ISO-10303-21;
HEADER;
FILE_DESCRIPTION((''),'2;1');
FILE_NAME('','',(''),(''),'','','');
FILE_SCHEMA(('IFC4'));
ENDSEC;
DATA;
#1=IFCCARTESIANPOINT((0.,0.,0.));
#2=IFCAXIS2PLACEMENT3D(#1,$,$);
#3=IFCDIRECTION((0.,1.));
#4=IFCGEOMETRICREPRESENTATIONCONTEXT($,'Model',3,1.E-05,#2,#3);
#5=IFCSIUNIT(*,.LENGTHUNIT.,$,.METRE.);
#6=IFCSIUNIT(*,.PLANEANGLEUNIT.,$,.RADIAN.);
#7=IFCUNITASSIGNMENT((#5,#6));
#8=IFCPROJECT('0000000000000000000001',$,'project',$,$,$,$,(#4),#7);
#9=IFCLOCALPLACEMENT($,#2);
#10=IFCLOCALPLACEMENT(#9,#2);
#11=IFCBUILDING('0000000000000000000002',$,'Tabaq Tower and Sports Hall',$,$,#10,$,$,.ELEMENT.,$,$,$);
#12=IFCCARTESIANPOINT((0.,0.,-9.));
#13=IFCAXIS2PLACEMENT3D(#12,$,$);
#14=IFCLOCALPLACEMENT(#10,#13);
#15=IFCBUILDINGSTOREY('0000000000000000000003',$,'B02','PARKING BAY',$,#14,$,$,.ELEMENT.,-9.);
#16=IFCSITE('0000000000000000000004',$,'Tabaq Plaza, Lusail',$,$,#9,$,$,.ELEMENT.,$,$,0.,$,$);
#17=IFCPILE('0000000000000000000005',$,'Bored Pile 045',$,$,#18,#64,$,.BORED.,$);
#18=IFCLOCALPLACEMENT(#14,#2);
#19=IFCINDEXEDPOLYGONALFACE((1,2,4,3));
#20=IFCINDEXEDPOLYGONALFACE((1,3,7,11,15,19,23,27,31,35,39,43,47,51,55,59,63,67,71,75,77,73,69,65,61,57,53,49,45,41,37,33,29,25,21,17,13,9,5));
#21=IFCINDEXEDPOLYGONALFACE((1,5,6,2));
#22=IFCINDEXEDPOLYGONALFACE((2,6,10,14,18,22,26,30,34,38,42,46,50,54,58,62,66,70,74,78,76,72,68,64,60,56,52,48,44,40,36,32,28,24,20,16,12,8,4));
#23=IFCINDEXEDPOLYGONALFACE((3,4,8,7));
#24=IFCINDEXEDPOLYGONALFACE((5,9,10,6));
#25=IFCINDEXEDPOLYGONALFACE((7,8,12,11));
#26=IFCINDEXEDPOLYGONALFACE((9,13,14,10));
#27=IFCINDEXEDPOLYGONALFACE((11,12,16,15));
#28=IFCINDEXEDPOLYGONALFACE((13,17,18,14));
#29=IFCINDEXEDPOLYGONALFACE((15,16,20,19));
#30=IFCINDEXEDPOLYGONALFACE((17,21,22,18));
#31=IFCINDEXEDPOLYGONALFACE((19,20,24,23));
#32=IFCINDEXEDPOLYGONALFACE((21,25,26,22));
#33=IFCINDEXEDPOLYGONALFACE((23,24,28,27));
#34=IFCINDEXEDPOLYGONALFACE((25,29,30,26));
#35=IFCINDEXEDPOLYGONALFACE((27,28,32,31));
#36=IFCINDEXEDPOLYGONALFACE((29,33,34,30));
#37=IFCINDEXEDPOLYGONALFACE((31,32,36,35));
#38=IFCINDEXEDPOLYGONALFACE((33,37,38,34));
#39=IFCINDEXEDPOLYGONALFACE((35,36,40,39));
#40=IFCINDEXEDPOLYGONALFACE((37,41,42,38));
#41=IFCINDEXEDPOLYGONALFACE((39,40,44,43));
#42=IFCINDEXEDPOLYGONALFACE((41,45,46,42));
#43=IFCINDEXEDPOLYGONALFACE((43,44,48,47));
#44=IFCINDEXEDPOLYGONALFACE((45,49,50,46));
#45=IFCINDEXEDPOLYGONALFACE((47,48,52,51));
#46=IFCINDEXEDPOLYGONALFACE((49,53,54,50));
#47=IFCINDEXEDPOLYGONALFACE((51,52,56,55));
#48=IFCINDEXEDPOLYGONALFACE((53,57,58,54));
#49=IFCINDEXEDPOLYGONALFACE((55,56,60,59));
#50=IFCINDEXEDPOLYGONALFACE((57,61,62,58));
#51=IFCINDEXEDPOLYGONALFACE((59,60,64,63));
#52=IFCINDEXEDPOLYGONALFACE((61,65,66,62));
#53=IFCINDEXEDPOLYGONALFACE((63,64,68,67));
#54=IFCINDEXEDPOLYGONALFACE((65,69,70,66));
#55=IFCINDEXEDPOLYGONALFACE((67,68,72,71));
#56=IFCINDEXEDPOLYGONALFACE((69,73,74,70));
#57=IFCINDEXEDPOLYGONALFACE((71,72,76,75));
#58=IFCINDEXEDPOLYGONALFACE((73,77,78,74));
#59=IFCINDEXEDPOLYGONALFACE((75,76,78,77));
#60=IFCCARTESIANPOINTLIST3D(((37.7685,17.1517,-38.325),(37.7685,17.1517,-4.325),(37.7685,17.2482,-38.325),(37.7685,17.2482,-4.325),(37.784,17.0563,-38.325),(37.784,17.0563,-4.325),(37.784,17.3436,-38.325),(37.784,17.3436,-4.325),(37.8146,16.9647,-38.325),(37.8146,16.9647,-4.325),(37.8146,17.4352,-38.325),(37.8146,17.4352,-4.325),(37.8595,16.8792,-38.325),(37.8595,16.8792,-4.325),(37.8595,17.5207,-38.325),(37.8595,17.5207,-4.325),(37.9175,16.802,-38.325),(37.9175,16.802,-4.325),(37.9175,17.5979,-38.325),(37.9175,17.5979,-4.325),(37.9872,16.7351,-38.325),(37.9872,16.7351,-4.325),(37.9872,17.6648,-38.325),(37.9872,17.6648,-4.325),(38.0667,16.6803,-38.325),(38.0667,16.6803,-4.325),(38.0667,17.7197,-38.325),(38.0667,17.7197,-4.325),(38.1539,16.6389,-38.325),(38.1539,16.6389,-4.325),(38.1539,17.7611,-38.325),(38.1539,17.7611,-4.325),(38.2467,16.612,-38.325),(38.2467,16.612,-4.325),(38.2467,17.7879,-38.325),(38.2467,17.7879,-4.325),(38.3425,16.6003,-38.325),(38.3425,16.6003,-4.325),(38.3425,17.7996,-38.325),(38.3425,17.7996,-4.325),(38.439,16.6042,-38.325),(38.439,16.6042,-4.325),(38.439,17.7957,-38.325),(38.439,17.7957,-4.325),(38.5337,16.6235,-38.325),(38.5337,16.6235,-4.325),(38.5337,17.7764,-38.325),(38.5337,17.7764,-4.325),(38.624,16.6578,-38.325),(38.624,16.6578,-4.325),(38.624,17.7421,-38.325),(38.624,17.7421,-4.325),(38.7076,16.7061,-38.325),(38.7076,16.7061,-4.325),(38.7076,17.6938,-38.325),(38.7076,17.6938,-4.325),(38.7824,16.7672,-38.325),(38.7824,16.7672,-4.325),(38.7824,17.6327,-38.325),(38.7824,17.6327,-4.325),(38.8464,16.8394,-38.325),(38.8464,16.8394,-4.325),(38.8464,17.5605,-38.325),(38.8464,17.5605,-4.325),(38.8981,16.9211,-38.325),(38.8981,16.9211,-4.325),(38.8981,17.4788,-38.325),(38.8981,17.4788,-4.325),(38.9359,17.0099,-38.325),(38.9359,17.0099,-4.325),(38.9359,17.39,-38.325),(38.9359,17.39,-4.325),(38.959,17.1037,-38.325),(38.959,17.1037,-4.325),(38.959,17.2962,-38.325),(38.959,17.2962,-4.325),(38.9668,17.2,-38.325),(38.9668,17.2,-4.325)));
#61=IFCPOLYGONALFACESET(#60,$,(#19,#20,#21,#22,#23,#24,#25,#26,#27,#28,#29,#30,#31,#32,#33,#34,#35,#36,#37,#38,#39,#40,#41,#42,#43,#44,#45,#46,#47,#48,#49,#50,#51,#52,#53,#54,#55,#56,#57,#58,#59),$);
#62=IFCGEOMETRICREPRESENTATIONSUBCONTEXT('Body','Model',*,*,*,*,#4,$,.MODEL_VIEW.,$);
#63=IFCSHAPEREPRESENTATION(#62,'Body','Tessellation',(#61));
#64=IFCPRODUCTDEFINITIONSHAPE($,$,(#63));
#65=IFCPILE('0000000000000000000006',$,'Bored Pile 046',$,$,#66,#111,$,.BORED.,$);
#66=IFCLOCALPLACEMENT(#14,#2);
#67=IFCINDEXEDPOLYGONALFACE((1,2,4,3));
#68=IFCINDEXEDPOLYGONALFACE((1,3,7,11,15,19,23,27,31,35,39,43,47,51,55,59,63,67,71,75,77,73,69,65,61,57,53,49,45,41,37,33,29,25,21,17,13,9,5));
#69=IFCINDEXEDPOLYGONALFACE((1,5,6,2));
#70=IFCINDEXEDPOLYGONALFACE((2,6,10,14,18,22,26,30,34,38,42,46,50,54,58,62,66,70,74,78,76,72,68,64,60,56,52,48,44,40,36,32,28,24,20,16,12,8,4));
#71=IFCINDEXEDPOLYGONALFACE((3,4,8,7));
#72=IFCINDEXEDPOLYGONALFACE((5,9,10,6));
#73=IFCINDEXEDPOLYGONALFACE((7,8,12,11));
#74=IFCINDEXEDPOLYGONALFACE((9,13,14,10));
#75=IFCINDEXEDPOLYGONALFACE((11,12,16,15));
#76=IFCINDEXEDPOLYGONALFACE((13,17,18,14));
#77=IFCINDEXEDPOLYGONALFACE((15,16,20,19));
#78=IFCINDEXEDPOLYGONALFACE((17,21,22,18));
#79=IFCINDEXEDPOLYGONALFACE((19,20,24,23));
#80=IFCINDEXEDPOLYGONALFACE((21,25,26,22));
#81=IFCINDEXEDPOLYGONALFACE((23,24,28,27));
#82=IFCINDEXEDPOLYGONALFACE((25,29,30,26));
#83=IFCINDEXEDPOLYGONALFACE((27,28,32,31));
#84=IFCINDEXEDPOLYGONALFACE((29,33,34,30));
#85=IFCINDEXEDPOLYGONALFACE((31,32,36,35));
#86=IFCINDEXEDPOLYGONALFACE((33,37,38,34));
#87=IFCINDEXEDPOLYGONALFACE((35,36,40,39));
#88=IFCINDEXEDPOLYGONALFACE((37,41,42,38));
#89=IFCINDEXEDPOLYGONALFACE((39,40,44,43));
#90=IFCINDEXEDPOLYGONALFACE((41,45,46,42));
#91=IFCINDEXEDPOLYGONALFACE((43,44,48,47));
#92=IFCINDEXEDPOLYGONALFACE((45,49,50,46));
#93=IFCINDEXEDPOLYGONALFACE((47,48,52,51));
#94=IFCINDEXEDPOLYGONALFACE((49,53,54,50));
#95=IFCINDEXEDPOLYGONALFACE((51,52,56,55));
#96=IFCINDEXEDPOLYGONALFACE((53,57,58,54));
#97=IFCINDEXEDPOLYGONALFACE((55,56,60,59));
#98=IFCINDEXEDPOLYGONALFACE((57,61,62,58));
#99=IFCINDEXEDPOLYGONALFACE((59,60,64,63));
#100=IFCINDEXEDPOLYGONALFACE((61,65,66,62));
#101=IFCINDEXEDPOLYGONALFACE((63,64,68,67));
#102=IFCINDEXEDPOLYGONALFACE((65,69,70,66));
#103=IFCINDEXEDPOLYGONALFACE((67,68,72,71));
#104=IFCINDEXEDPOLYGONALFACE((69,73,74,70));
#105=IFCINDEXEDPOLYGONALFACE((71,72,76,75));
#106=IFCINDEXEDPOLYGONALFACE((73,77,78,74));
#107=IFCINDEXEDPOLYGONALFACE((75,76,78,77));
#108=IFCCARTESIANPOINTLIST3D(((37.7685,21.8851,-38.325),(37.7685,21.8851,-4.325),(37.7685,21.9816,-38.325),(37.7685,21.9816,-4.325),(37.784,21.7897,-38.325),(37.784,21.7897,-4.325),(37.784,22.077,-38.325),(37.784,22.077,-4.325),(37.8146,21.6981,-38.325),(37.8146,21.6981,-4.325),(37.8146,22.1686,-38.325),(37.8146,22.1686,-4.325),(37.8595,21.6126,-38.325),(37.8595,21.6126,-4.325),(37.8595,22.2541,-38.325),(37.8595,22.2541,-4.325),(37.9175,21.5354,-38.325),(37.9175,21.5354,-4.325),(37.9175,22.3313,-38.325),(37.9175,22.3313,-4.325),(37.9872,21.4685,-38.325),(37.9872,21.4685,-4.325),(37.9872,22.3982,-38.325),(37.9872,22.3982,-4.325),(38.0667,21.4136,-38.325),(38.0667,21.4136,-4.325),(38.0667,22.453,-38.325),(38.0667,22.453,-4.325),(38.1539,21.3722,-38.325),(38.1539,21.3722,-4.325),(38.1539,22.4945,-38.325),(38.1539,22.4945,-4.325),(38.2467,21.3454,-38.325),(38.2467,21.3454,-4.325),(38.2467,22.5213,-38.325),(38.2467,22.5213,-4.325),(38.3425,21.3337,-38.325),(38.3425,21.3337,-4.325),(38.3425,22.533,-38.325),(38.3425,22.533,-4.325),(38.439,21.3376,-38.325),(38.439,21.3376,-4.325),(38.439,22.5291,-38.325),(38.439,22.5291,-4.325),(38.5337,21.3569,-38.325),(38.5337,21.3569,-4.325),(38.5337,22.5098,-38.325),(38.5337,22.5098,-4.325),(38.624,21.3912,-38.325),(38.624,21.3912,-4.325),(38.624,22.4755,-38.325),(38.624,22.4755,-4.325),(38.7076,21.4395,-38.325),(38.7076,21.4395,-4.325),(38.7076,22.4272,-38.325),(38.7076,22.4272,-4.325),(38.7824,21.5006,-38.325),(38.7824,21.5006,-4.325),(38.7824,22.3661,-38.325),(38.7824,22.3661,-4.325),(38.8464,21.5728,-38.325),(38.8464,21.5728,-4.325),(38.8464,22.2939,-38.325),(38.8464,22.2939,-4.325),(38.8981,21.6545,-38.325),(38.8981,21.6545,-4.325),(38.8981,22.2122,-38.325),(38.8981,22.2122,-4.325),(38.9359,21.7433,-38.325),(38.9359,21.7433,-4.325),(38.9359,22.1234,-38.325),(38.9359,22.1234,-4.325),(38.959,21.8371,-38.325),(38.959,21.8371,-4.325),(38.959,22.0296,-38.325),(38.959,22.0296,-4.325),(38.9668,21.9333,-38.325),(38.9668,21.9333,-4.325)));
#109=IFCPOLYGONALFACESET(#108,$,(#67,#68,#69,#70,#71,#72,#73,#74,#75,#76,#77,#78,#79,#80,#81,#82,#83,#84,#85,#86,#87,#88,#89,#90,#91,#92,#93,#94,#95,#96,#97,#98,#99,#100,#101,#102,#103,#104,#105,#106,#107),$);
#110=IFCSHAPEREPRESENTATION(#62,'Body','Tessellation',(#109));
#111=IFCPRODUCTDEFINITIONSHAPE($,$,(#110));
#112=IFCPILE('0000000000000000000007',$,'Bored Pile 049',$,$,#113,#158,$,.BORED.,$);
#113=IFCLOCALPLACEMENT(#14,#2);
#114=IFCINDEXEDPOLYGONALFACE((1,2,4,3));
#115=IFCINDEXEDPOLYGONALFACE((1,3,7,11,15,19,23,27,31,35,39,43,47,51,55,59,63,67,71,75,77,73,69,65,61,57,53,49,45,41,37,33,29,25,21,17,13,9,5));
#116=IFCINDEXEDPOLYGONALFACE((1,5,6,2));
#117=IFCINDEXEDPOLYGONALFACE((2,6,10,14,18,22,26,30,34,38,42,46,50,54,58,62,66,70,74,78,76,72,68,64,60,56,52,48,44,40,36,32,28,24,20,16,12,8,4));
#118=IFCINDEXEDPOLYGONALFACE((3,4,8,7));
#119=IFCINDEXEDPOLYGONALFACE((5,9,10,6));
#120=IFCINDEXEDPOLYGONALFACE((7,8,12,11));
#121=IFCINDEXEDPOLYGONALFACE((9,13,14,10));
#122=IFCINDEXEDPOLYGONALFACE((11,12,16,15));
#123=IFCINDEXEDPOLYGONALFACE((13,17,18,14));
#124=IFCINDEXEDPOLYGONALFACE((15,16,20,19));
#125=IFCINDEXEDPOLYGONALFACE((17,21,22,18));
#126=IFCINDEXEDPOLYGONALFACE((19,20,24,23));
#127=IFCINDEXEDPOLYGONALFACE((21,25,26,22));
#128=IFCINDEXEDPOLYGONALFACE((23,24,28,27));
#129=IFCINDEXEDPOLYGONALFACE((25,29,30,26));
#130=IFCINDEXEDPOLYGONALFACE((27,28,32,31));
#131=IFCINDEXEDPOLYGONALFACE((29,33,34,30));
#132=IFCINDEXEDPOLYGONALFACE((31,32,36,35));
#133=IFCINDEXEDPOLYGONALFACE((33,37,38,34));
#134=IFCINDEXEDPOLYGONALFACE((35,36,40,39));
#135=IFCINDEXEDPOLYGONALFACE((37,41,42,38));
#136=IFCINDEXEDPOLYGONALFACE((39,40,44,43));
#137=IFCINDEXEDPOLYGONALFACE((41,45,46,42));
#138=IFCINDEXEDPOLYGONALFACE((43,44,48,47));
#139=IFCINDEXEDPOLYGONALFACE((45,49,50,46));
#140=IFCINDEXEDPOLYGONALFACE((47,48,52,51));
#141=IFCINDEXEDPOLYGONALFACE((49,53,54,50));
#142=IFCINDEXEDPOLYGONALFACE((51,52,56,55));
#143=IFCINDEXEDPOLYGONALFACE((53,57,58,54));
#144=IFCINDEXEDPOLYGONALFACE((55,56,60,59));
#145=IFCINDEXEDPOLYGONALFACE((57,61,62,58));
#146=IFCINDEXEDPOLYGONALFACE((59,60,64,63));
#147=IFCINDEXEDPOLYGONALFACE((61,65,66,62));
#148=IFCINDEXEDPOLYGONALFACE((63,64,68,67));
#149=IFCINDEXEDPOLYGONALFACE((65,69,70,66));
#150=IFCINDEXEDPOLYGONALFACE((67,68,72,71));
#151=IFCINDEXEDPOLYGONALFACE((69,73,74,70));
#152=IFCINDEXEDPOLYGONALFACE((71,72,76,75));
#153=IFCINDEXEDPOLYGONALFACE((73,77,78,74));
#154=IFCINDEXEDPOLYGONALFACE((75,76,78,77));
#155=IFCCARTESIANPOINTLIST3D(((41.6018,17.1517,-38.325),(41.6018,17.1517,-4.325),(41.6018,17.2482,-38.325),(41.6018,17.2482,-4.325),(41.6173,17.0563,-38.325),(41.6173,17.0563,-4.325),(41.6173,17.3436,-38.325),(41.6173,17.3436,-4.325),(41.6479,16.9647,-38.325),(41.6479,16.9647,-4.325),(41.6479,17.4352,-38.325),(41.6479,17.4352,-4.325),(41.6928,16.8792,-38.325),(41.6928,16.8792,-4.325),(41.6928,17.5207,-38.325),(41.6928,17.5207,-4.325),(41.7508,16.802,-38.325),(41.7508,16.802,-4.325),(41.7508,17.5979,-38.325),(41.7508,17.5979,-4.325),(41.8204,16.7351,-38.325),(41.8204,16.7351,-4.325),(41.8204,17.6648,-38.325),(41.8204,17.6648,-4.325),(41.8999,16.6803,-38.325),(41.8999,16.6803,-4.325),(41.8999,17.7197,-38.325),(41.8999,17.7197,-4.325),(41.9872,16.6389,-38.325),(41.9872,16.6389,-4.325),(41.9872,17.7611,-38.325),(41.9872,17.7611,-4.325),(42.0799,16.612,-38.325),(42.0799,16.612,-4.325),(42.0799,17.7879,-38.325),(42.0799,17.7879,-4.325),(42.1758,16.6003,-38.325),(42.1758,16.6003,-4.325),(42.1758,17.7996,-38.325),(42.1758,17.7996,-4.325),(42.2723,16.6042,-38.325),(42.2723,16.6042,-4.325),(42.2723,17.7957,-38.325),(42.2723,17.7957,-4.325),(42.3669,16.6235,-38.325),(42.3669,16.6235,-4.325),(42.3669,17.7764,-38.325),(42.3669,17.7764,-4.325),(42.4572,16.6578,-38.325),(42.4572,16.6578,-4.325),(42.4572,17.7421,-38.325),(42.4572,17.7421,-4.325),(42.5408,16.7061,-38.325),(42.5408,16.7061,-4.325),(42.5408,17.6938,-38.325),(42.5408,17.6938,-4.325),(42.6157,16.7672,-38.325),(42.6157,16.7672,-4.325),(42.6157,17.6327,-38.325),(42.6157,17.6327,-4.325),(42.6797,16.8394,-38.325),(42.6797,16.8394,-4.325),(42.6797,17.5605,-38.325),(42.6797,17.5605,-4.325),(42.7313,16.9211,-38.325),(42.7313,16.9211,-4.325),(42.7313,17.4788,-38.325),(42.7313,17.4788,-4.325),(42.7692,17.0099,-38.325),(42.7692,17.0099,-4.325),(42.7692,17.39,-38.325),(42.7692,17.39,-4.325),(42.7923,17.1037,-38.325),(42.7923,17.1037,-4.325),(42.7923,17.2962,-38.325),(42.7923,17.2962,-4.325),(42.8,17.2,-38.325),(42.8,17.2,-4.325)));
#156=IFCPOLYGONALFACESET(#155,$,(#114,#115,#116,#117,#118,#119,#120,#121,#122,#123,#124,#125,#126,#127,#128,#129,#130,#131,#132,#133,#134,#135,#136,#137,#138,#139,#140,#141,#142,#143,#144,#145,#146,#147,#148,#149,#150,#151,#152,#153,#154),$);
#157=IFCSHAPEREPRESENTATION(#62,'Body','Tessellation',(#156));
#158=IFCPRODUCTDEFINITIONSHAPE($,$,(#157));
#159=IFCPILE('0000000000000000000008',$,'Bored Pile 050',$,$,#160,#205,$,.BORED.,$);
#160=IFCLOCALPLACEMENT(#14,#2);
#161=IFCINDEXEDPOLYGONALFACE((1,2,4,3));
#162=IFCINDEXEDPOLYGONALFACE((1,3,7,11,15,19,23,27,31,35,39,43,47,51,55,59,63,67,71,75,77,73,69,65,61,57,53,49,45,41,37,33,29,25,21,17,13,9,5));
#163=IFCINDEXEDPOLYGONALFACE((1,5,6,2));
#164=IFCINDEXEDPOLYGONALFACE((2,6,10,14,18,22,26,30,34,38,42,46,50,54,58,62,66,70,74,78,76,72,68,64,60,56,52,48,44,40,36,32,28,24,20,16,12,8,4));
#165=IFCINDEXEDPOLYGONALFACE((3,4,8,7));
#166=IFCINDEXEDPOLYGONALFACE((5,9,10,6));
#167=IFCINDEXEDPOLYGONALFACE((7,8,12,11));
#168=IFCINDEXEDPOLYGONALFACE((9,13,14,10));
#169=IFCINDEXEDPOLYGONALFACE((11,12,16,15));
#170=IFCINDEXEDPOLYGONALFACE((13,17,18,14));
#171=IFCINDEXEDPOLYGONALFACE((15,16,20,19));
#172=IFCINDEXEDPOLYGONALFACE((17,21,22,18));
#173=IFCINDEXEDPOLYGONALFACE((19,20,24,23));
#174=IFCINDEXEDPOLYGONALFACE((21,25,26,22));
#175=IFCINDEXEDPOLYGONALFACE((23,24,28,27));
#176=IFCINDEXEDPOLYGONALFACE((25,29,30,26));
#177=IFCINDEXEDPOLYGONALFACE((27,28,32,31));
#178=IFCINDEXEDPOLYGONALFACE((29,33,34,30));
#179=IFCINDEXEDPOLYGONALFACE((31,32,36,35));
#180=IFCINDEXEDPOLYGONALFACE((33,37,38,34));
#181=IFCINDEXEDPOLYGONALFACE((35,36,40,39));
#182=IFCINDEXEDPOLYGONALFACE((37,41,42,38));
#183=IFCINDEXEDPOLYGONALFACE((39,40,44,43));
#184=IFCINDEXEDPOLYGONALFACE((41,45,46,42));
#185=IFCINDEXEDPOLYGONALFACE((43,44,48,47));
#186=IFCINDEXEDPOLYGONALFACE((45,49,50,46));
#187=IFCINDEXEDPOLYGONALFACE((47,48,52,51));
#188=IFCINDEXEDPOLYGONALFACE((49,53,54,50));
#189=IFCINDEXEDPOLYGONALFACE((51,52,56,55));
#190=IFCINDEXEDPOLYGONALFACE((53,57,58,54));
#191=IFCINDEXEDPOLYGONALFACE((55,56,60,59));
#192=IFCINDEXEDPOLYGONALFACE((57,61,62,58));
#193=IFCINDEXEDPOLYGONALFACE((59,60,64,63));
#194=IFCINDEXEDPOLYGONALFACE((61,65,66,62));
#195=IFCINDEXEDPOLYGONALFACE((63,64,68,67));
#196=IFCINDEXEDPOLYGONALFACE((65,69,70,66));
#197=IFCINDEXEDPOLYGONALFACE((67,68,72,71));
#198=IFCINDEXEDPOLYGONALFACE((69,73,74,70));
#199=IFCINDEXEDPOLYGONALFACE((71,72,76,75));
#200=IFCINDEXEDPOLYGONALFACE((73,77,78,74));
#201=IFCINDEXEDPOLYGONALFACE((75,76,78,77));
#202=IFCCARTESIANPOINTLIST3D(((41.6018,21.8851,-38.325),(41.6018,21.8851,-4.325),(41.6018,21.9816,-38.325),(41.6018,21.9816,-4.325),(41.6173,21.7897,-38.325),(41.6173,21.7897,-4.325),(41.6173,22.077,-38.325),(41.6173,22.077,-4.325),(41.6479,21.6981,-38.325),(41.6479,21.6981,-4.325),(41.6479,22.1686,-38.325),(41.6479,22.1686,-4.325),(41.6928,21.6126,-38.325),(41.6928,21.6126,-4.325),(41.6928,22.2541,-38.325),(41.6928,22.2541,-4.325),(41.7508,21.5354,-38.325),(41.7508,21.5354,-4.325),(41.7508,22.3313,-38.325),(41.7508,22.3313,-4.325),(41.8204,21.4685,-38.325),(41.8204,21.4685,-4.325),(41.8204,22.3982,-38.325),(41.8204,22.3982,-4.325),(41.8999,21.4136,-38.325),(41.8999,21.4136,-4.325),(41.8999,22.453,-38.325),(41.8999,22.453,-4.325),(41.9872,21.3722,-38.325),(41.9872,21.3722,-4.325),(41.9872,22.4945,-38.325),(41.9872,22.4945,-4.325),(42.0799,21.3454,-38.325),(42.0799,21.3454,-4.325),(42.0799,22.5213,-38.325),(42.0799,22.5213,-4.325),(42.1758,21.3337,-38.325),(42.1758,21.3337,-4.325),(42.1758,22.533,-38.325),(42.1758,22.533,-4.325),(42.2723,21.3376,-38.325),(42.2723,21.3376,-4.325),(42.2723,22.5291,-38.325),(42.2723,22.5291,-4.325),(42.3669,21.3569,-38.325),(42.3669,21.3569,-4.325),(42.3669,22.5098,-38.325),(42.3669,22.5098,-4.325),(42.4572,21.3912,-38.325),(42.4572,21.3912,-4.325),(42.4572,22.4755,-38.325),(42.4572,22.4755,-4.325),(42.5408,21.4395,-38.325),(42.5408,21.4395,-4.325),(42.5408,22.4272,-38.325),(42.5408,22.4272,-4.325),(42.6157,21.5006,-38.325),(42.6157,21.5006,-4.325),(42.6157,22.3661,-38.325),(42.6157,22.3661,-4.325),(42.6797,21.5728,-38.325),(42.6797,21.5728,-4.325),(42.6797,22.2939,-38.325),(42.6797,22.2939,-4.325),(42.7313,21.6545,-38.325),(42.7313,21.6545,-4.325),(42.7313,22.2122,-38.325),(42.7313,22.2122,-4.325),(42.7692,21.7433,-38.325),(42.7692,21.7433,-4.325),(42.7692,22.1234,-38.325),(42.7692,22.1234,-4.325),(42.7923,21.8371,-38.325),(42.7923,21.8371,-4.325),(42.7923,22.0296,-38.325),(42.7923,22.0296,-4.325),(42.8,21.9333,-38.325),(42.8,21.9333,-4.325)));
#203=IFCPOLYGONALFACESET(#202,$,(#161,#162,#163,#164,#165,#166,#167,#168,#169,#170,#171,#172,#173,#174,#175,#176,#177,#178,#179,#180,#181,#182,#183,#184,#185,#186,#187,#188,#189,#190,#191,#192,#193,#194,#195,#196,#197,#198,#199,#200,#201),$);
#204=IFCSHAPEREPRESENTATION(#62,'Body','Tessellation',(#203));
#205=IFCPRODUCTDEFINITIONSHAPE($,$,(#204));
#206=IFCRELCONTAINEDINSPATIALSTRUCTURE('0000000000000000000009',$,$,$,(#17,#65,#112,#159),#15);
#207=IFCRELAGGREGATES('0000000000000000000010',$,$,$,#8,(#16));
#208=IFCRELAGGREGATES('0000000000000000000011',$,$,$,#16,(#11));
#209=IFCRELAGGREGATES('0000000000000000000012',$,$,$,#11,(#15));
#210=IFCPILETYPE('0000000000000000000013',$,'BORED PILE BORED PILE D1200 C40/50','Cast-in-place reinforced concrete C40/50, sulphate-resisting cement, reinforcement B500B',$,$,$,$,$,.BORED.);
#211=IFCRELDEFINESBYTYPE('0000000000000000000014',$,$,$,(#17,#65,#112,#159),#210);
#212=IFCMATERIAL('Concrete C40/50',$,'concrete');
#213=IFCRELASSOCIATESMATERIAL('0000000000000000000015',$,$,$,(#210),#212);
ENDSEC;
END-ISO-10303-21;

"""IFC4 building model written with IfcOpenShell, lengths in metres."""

from ifc_helpers import new_model, si_unit, direction, frame, origin, origin_2d, place, context, subcontext, project, spatial, circle, extrude, material, material_profile, profile_set, type_object, element, save


model = new_model("IFC4")

# Units and contexts
model_context = context("Model", 3, precision=1e-05, world=origin(), true_north=direction((0.0, 1.0)))
body_context = subcontext(model_context, "Body", "Model", "MODEL_VIEW")
ifc_project = project(units=[si_unit("LENGTHUNIT", "METRE"), si_unit("PLANEANGLEUNIT", "RADIAN")], contexts=[model_context])

# Site, building, storey
site_placement = place(None, origin())
site = spatial("IfcSite", under=ifc_project, at=site_placement, Name="Tabaq Plaza, Lusail", CompositionType="ELEMENT", RefElevation=0.0)
building_placement = place(site_placement, origin())
building = spatial("IfcBuilding", under=site, at=building_placement, Name="Tabaq Tower and Sports Hall", CompositionType="ELEMENT")
storey_placement = place(building_placement, frame((0.0, 0.0, -9.0)))
storey = spatial("IfcBuildingStorey", under=building, at=storey_placement, Name="B02", Description="PARKING BAY", CompositionType="ELEMENT", Elevation=-9.0)

# Piles
ifc_material_1 = material(Name="Concrete C40/50", Category="concrete")
ifc_material_profile_1 = material_profile(ifc_material_1, circle(Radius=0.6001, at=origin_2d()), Name="BORED PILE D1200")
ifc_profile_set_1 = profile_set([ifc_material_profile_1], Name="Concrete C40/50")
pile_type = type_object("IfcPileType", Name="BORED PILE BORED PILE D1200 C40/50", Description="Cast-in-place reinforced concrete C40/50, sulphate-resisting cement, reinforcement B500B", PredefinedType="BORED", material=ifc_profile_set_1)
for number, where, z_axis, x_axis, name in (
    (1, (38.3667, 17.2, -4.325), (0.0, 0.0, -1.0), (1.0, 0.0, 0.0), "Bored Pile 045"),
    (2, (38.3667, 21.9333, -4.325), (0.0, 0.0, -1.0), (1.0, 0.0, 0.0), "Bored Pile 046"),
    (3, (42.2, 17.2, -4.325), (0.0, 0.0, -1.0), (1.0, 0.0, 0.0), "Bored Pile 049"),
    (4, (42.2, 21.9333, -4.325), (0.0, 0.0, -1.0), (1.0, 0.0, 0.0), "Bored Pile 050"),
):
    element("IfcPile", number, at=place(storey_placement, frame(where, z_axis=z_axis, x_axis=x_axis)), inside=storey, type_object=pile_type, Name=name, PredefinedType="BORED", context=body_context, shape_type="SweptSolid", body=[
        extrude(circle(Radius=0.6001, at=origin_2d()), origin(), (0.0, 0.0, 1.0), 34.0),
    ])

save(model, "model.ifc")
